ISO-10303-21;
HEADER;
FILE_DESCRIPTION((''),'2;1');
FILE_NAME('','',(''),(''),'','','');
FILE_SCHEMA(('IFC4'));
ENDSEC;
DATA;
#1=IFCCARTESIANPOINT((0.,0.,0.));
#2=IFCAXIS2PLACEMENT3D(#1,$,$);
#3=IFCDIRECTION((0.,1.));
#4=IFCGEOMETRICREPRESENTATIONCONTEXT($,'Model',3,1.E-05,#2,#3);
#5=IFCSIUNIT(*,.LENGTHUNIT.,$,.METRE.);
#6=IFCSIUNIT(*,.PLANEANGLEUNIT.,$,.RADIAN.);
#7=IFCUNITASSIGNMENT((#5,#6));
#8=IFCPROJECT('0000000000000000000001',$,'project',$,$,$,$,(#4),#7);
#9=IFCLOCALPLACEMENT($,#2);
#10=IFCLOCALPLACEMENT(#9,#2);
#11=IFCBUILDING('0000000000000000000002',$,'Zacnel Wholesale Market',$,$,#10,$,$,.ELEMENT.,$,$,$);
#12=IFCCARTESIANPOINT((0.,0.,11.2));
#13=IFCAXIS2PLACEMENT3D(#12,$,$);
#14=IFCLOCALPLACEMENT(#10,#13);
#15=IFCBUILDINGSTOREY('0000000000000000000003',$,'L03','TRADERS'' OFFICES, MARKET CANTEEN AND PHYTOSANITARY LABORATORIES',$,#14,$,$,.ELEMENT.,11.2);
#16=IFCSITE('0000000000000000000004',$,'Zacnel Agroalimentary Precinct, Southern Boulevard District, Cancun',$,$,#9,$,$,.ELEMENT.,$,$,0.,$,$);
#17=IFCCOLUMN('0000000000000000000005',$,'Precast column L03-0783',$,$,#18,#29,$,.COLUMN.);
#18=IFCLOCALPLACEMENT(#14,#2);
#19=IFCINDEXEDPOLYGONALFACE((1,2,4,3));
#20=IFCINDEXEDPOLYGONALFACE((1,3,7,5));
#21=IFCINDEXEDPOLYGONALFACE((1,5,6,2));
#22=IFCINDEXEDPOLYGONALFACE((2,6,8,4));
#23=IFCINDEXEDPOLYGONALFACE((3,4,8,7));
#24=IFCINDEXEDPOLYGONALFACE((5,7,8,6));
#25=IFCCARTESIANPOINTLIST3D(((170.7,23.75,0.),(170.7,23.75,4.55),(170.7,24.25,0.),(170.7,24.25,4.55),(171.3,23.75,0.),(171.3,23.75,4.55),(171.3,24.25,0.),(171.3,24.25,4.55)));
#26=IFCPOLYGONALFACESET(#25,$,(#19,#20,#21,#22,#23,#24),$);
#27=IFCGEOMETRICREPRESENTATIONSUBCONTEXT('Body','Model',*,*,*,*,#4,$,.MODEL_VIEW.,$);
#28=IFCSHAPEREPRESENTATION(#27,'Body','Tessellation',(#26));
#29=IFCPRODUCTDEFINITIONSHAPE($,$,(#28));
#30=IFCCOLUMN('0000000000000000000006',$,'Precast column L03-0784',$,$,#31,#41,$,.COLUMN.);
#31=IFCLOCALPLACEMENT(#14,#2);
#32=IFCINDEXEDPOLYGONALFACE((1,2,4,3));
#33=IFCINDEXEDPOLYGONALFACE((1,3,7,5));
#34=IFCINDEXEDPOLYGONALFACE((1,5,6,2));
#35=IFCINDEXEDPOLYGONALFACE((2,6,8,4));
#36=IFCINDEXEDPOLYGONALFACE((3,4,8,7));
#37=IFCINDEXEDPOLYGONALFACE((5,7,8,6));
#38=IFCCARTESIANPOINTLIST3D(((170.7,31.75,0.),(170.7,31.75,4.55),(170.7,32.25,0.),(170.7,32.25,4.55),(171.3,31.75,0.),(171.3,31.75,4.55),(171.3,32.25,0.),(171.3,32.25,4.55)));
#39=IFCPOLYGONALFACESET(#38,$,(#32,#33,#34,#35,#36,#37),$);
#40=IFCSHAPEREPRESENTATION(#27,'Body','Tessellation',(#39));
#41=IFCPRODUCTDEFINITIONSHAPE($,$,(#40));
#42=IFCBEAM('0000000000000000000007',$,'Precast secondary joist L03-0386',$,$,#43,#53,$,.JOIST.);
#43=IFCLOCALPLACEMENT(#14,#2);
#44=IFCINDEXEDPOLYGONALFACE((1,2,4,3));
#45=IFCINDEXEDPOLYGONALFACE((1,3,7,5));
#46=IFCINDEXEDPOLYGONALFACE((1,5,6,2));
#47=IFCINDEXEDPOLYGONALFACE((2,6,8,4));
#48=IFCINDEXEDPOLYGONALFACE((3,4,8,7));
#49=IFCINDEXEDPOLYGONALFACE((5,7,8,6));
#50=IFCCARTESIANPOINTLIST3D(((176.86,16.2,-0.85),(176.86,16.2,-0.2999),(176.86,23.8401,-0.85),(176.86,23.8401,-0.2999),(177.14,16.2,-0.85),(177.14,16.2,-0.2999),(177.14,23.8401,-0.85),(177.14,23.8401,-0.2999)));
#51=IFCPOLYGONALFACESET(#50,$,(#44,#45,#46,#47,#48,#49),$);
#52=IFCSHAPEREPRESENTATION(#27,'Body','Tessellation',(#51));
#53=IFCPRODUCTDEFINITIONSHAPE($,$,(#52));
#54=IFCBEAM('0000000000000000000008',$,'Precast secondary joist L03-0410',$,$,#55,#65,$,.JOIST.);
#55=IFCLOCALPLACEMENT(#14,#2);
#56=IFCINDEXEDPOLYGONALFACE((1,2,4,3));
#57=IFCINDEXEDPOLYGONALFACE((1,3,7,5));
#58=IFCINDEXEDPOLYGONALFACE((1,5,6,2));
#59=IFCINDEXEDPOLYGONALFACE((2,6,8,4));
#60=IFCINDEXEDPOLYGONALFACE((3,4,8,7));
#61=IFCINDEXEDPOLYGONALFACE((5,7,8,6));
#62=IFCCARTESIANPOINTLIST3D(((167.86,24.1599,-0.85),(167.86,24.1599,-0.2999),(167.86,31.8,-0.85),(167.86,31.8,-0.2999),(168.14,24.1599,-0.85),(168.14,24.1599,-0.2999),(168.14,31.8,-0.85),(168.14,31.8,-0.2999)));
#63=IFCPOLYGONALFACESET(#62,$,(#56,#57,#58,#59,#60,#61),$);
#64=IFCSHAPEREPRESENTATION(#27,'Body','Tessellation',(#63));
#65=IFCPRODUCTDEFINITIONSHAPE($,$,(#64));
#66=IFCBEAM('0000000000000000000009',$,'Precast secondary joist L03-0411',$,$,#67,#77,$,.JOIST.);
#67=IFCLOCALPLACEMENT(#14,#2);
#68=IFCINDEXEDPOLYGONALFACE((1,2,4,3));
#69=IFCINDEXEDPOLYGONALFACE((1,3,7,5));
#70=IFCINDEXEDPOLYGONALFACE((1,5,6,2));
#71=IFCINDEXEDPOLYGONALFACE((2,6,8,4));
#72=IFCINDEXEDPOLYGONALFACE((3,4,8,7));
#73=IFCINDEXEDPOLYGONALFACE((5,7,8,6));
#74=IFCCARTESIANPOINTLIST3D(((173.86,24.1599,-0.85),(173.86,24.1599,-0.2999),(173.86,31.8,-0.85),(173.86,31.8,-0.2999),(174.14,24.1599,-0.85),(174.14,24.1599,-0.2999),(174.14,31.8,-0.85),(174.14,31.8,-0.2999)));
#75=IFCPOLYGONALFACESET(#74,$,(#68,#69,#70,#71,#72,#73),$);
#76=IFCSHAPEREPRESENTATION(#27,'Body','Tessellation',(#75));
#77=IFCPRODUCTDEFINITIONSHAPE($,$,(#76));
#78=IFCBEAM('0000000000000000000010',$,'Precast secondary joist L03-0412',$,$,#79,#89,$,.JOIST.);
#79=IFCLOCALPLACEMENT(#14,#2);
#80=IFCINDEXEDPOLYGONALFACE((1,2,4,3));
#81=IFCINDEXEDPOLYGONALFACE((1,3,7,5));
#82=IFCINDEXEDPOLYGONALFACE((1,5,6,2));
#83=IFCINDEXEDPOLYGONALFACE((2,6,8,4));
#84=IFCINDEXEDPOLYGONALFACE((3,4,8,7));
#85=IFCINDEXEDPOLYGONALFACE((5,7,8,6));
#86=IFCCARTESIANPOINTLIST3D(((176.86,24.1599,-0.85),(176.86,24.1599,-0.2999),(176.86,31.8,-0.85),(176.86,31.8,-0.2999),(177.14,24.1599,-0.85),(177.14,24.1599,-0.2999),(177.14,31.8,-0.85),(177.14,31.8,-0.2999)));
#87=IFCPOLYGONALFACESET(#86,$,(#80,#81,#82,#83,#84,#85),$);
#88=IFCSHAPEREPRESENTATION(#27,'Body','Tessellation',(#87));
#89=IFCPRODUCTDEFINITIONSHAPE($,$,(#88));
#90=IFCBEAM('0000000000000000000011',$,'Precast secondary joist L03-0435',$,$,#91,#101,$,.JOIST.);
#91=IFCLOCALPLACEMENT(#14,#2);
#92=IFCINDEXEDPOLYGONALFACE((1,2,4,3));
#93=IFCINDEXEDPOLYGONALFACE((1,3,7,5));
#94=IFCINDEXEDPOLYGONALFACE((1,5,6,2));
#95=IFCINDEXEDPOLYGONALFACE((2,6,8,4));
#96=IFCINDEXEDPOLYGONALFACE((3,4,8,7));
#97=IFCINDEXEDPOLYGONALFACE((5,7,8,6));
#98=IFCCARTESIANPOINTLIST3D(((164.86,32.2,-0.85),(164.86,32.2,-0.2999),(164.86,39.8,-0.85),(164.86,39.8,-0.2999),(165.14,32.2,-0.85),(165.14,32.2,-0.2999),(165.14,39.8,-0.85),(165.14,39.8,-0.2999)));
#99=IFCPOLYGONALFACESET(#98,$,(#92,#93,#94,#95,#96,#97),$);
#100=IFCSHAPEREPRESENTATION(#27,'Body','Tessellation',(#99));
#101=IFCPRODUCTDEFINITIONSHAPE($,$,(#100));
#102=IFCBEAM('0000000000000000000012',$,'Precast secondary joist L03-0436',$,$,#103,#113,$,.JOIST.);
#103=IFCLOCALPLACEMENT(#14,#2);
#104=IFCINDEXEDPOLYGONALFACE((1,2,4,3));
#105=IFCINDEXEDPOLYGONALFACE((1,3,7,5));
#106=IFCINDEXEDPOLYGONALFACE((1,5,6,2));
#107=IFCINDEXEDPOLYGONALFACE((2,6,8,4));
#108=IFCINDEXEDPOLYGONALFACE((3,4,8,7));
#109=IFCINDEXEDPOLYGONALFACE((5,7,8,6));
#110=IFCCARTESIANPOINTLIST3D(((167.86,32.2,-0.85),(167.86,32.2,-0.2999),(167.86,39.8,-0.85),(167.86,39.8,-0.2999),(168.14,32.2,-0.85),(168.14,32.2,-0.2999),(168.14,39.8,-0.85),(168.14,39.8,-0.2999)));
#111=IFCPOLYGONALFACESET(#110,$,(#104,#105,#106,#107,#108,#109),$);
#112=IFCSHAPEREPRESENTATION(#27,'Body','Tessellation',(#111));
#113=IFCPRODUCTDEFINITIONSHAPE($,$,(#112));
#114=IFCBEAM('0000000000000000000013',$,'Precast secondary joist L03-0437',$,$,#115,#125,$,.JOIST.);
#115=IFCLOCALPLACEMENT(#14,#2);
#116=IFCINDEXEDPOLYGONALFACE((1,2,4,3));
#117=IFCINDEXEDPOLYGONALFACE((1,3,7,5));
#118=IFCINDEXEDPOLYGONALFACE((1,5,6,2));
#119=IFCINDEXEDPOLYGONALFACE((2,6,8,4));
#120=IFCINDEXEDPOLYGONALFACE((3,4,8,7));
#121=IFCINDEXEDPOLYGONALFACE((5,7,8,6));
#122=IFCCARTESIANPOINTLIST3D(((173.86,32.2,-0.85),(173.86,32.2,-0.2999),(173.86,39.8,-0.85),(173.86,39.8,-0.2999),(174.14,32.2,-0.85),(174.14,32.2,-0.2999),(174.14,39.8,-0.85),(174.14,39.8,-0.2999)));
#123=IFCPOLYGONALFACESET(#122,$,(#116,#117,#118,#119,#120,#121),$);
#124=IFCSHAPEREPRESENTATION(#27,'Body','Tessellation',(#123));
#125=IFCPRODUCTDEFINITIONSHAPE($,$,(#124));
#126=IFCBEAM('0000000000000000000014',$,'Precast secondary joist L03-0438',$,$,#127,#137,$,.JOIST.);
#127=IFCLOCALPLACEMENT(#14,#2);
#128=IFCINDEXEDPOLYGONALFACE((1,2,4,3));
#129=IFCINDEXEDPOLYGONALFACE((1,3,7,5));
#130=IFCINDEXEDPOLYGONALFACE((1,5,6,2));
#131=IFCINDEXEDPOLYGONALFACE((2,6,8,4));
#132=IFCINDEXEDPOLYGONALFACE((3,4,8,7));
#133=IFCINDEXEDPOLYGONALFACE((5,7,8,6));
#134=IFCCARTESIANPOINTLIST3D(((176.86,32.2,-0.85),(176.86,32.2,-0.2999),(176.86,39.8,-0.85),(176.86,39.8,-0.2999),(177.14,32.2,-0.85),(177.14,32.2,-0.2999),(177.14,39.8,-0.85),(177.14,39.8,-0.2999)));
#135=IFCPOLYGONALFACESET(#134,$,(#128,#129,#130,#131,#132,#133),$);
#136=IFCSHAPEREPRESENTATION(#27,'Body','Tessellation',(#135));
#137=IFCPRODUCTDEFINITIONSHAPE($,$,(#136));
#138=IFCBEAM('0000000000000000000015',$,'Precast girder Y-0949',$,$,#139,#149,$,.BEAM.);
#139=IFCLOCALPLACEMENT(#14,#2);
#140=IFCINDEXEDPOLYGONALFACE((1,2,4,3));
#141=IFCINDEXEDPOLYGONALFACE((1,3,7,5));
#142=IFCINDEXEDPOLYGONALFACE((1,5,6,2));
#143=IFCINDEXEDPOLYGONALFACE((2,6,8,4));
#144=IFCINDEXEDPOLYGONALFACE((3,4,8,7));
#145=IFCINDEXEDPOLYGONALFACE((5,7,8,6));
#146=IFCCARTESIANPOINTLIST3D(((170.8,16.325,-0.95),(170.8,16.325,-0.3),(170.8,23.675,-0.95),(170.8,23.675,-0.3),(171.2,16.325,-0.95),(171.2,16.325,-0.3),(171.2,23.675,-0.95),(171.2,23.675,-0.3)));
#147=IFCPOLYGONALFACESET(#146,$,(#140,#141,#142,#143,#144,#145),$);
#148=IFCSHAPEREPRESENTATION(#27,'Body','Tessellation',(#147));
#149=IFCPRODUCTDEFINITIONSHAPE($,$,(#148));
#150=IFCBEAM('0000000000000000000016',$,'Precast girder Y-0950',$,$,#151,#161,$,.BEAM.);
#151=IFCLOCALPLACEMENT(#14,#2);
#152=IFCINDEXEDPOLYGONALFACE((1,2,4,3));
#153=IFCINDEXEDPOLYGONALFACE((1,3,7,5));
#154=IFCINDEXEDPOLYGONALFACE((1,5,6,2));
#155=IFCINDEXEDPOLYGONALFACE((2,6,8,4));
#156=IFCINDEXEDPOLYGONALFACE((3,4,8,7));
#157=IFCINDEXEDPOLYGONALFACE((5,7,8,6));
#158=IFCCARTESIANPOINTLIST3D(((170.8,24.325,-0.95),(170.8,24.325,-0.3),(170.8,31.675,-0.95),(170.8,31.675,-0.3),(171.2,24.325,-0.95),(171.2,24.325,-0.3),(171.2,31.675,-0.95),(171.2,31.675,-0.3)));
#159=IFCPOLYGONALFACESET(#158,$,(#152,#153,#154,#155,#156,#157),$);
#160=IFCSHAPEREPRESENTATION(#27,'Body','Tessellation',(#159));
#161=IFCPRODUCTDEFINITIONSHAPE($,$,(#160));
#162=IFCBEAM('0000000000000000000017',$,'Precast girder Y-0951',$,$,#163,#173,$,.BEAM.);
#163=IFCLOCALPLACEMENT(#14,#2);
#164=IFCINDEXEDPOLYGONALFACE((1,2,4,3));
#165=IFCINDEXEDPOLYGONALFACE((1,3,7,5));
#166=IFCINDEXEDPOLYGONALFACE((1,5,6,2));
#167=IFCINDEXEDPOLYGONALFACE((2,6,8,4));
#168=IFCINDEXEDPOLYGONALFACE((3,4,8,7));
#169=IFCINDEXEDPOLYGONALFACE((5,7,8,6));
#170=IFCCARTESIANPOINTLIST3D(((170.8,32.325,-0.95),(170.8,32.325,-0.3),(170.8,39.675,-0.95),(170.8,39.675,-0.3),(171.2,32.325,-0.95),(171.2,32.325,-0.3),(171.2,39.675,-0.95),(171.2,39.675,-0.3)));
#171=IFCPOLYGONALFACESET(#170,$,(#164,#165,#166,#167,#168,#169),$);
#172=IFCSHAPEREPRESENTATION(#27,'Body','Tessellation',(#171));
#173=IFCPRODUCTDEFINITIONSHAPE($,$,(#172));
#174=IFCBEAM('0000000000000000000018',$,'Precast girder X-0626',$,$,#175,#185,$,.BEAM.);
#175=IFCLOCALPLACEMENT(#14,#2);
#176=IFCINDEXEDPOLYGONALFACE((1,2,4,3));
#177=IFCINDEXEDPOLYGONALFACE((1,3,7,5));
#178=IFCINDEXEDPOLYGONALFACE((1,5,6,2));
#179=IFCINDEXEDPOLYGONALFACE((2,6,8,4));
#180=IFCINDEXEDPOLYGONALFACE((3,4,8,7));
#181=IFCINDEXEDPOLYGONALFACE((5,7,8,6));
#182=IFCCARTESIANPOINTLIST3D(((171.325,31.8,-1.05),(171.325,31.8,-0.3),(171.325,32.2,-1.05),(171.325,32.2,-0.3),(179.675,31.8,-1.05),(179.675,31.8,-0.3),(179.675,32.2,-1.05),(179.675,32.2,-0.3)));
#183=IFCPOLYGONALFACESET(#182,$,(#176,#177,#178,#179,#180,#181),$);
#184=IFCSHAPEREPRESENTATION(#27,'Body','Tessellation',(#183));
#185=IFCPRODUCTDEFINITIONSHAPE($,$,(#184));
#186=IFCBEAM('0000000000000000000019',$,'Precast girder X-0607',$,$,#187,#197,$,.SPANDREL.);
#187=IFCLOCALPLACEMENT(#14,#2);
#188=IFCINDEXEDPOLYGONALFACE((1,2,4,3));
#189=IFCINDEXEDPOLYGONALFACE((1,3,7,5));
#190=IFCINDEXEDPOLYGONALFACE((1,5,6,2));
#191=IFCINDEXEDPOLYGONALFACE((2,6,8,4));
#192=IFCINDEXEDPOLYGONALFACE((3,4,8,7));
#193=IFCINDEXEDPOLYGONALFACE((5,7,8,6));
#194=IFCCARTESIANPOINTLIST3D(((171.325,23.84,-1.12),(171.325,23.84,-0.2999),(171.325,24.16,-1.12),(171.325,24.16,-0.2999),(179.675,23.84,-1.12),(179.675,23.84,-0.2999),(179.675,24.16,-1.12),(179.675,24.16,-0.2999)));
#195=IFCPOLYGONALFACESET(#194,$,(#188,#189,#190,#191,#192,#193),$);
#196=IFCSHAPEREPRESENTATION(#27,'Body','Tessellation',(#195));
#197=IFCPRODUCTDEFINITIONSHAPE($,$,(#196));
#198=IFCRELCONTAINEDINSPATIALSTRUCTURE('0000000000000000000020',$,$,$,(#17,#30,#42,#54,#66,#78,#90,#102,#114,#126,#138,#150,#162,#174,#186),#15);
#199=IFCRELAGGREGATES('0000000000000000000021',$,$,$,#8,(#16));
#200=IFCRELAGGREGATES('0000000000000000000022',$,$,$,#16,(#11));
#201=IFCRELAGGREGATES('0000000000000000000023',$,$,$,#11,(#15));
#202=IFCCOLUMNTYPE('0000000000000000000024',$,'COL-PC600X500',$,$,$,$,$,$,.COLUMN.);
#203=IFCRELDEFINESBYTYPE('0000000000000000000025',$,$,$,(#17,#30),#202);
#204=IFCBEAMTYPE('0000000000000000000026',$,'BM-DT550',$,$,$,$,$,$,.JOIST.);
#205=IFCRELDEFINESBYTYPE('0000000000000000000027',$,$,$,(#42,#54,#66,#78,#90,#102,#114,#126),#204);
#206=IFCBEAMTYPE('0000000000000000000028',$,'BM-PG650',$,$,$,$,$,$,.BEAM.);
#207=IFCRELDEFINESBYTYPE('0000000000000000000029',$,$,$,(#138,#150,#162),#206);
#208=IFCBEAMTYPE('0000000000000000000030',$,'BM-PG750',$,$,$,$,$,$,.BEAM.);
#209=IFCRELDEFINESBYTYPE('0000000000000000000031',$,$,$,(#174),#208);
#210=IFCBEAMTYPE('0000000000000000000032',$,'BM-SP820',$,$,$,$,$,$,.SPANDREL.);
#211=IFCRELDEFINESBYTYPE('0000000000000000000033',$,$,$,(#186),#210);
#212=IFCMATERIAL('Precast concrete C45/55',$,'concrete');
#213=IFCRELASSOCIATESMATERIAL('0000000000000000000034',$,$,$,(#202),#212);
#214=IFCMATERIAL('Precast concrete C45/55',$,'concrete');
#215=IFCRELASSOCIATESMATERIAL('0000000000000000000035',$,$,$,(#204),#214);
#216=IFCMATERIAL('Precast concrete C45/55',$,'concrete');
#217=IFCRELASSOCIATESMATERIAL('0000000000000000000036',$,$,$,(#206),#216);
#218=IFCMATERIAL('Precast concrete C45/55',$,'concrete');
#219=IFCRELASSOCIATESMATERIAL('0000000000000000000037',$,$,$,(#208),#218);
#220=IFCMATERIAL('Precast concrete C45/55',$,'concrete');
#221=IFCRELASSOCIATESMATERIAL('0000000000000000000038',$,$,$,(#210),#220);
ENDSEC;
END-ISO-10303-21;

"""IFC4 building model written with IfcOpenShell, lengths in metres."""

from ifc_helpers import new_model, si_unit, direction, frame, origin, origin_2d, place, context, subcontext, project, spatial, rectangle, extrude, material, material_profile, profile_set, type_object, element, save


model = new_model("IFC4")

# Units and contexts
model_context = context("Model", 3, precision=1e-05, world=origin(), true_north=direction((0.0, 1.0)))
body_context = subcontext(model_context, "Body", "Model", "MODEL_VIEW")
ifc_project = project(units=[si_unit("LENGTHUNIT", "METRE"), si_unit("PLANEANGLEUNIT", "RADIAN")], contexts=[model_context])

# Site, building, storey
site_placement = place(None, origin())
site = spatial("IfcSite", under=ifc_project, at=site_placement, Name="Zacnel Agroalimentary Precinct, Southern Boulevard District, Cancun", CompositionType="ELEMENT", RefElevation=0.0)
building_placement = place(site_placement, origin())
building = spatial("IfcBuilding", under=site, at=building_placement, Name="Zacnel Wholesale Market", CompositionType="ELEMENT")
storey_placement = place(building_placement, frame((0.0, 0.0, 11.2)))
storey = spatial("IfcBuildingStorey", under=building, at=storey_placement, Name="L03", Description="TRADERS' OFFICES, MARKET CANTEEN AND PHYTOSANITARY LABORATORIES", CompositionType="ELEMENT", Elevation=11.2)

# Columns
ifc_material_1 = material(Name="Precast concrete C45/55", Category="concrete")
ifc_material_profile_1 = material_profile(ifc_material_1, rectangle(XDim=0.6001, YDim=0.5, at=origin_2d()), Name="PC 600x500")
ifc_profile_set_1 = profile_set([ifc_material_profile_1], Name="Precast concrete C45/55")
column_type = type_object("IfcColumnType", Name="COL-PC600X500", PredefinedType="COLUMN", material=ifc_profile_set_1)
for number, where, z_axis, x_axis, name in (
    (1, (171.0, 24.0, 0.0), (0.0, 0.0, 1.0), (1.0, 0.0, 0.0), "Precast column L03-0783"),
    (2, (171.0, 32.0, 0.0), (0.0, 0.0, 1.0), (1.0, 0.0, 0.0), "Precast column L03-0784"),
):
    element("IfcColumn", number, at=place(storey_placement, frame(where, z_axis=z_axis, x_axis=x_axis)), inside=storey, type_object=column_type, Name=name, PredefinedType="COLUMN", context=body_context, shape_type="SweptSolid", body=[
        extrude(rectangle(XDim=0.6001, YDim=0.5, at=origin_2d()), origin(), (0.0, 0.0, 1.0), 4.55),
    ])

# Beams
ifc_material_2 = material(Name="Precast concrete C45/55", Category="concrete")
ifc_material_profile_2 = material_profile(ifc_material_2, rectangle(XDim=0.28, YDim=0.55, at=origin_2d()), Name="DT RIB 280x550")
ifc_profile_set_2 = profile_set([ifc_material_profile_2], Name="Precast concrete C45/55")
beam_type_1 = type_object("IfcBeamType", Name="BM-DT550", PredefinedType="JOIST", material=ifc_profile_set_2)
for number, where, z_axis, x_axis, name in (
    (3, (177.0, 16.2, -0.575), (0.0, 1.0, 0.0), (-1.0, 0.0, 0.0), "Precast secondary joist L03-0386"),
    (4, (168.0, 24.1599, -0.575), (0.0, 1.0, 0.0), (-1.0, 0.0, 0.0), "Precast secondary joist L03-0410"),
    (5, (174.0, 24.1599, -0.575), (0.0, 1.0, 0.0), (-1.0, 0.0, 0.0), "Precast secondary joist L03-0411"),
    (6, (177.0, 24.1599, -0.575), (0.0, 1.0, 0.0), (-1.0, 0.0, 0.0), "Precast secondary joist L03-0412"),
):
    element("IfcBeam", number, at=place(storey_placement, frame(where, z_axis=z_axis, x_axis=x_axis)), inside=storey, type_object=beam_type_1, Name=name, PredefinedType="JOIST", context=body_context, shape_type="SweptSolid", body=[
        extrude(rectangle(XDim=0.28, YDim=0.55, at=origin_2d()), origin(), (0.0, 0.0, 1.0), 7.6401),
    ])
for number, where, z_axis, x_axis, name in (
    (7, (165.0, 32.2, -0.575), (0.0, 1.0, 0.0), (-1.0, 0.0, 0.0), "Precast secondary joist L03-0435"),
    (8, (168.0, 32.2, -0.575), (0.0, 1.0, 0.0), (-1.0, 0.0, 0.0), "Precast secondary joist L03-0436"),
    (9, (174.0, 32.2, -0.575), (0.0, 1.0, 0.0), (-1.0, 0.0, 0.0), "Precast secondary joist L03-0437"),
    (10, (177.0, 32.2, -0.575), (0.0, 1.0, 0.0), (-1.0, 0.0, 0.0), "Precast secondary joist L03-0438"),
):
    element("IfcBeam", number, at=place(storey_placement, frame(where, z_axis=z_axis, x_axis=x_axis)), inside=storey, type_object=beam_type_1, Name=name, PredefinedType="JOIST", context=body_context, shape_type="SweptSolid", body=[
        extrude(rectangle(XDim=0.28, YDim=0.55, at=origin_2d()), origin(), (0.0, 0.0, 1.0), 7.6001),
    ])
ifc_material_3 = material(Name="Precast concrete C45/55", Category="concrete")
ifc_material_profile_3 = material_profile(ifc_material_3, rectangle(XDim=0.3999, YDim=0.6499, at=origin_2d()), Name="PG 400x650")
ifc_profile_set_3 = profile_set([ifc_material_profile_3], Name="Precast concrete C45/55")
beam_type_2 = type_object("IfcBeamType", Name="BM-PG650", PredefinedType="BEAM", material=ifc_profile_set_3)
for number, where, z_axis, x_axis, name in (
    (11, (171.0, 16.325, -0.625), (0.0, 1.0, 0.0), (-1.0, 0.0, 0.0), "Precast girder Y-0949"),
    (12, (171.0, 24.325, -0.625), (0.0, 1.0, 0.0), (-1.0, 0.0, 0.0), "Precast girder Y-0950"),
    (13, (171.0, 32.325, -0.625), (0.0, 1.0, 0.0), (-1.0, 0.0, 0.0), "Precast girder Y-0951"),
):
    element("IfcBeam", number, at=place(storey_placement, frame(where, z_axis=z_axis, x_axis=x_axis)), inside=storey, type_object=beam_type_2, Name=name, PredefinedType="BEAM", context=body_context, shape_type="SweptSolid", body=[
        extrude(rectangle(XDim=0.3999, YDim=0.6499, at=origin_2d()), origin(), (0.0, 0.0, 1.0), 7.3501),
    ])
ifc_material_4 = material(Name="Precast concrete C45/55", Category="concrete")
ifc_material_profile_4 = material_profile(ifc_material_4, rectangle(XDim=0.3999, YDim=0.75, at=origin_2d()), Name="PG 400x750")
ifc_profile_set_4 = profile_set([ifc_material_profile_4], Name="Precast concrete C45/55")
beam_type_3 = type_object("IfcBeamType", Name="BM-PG750", PredefinedType="BEAM", material=ifc_profile_set_4)
beam_1_placement = place(storey_placement, frame((171.325, 32.0, -0.675), z_axis=(1.0, 0.0, 0.0), x_axis=(0.0, 1.0, 0.0)))
element("IfcBeam", 14, at=beam_1_placement, inside=storey, type_object=beam_type_3, Name="Precast girder X-0626", PredefinedType="BEAM", context=body_context, shape_type="SweptSolid", body=[
    extrude(rectangle(XDim=0.3999, YDim=0.75, at=origin_2d()), origin(), (0.0, 0.0, 1.0), 8.3501),
])
ifc_material_5 = material(Name="Precast concrete C45/55", Category="concrete")
ifc_material_profile_5 = material_profile(ifc_material_5, rectangle(XDim=0.3201, YDim=0.8201, at=origin_2d()), Name="SP 320x820")
ifc_profile_set_5 = profile_set([ifc_material_profile_5], Name="Precast concrete C45/55")
beam_type_4 = type_object("IfcBeamType", Name="BM-SP820", PredefinedType="SPANDREL", material=ifc_profile_set_5)
beam_2_placement = place(storey_placement, frame((171.325, 24.0, -0.71), z_axis=(1.0, 0.0, 0.0), x_axis=(0.0, 1.0, 0.0)))
element("IfcBeam", 15, at=beam_2_placement, inside=storey, type_object=beam_type_4, Name="Precast girder X-0607", PredefinedType="SPANDREL", context=body_context, shape_type="SweptSolid", body=[
    extrude(rectangle(XDim=0.3201, YDim=0.8201, at=origin_2d()), origin(), (0.0, 0.0, 1.0), 8.3501),
])

save(model, "model.ifc")
